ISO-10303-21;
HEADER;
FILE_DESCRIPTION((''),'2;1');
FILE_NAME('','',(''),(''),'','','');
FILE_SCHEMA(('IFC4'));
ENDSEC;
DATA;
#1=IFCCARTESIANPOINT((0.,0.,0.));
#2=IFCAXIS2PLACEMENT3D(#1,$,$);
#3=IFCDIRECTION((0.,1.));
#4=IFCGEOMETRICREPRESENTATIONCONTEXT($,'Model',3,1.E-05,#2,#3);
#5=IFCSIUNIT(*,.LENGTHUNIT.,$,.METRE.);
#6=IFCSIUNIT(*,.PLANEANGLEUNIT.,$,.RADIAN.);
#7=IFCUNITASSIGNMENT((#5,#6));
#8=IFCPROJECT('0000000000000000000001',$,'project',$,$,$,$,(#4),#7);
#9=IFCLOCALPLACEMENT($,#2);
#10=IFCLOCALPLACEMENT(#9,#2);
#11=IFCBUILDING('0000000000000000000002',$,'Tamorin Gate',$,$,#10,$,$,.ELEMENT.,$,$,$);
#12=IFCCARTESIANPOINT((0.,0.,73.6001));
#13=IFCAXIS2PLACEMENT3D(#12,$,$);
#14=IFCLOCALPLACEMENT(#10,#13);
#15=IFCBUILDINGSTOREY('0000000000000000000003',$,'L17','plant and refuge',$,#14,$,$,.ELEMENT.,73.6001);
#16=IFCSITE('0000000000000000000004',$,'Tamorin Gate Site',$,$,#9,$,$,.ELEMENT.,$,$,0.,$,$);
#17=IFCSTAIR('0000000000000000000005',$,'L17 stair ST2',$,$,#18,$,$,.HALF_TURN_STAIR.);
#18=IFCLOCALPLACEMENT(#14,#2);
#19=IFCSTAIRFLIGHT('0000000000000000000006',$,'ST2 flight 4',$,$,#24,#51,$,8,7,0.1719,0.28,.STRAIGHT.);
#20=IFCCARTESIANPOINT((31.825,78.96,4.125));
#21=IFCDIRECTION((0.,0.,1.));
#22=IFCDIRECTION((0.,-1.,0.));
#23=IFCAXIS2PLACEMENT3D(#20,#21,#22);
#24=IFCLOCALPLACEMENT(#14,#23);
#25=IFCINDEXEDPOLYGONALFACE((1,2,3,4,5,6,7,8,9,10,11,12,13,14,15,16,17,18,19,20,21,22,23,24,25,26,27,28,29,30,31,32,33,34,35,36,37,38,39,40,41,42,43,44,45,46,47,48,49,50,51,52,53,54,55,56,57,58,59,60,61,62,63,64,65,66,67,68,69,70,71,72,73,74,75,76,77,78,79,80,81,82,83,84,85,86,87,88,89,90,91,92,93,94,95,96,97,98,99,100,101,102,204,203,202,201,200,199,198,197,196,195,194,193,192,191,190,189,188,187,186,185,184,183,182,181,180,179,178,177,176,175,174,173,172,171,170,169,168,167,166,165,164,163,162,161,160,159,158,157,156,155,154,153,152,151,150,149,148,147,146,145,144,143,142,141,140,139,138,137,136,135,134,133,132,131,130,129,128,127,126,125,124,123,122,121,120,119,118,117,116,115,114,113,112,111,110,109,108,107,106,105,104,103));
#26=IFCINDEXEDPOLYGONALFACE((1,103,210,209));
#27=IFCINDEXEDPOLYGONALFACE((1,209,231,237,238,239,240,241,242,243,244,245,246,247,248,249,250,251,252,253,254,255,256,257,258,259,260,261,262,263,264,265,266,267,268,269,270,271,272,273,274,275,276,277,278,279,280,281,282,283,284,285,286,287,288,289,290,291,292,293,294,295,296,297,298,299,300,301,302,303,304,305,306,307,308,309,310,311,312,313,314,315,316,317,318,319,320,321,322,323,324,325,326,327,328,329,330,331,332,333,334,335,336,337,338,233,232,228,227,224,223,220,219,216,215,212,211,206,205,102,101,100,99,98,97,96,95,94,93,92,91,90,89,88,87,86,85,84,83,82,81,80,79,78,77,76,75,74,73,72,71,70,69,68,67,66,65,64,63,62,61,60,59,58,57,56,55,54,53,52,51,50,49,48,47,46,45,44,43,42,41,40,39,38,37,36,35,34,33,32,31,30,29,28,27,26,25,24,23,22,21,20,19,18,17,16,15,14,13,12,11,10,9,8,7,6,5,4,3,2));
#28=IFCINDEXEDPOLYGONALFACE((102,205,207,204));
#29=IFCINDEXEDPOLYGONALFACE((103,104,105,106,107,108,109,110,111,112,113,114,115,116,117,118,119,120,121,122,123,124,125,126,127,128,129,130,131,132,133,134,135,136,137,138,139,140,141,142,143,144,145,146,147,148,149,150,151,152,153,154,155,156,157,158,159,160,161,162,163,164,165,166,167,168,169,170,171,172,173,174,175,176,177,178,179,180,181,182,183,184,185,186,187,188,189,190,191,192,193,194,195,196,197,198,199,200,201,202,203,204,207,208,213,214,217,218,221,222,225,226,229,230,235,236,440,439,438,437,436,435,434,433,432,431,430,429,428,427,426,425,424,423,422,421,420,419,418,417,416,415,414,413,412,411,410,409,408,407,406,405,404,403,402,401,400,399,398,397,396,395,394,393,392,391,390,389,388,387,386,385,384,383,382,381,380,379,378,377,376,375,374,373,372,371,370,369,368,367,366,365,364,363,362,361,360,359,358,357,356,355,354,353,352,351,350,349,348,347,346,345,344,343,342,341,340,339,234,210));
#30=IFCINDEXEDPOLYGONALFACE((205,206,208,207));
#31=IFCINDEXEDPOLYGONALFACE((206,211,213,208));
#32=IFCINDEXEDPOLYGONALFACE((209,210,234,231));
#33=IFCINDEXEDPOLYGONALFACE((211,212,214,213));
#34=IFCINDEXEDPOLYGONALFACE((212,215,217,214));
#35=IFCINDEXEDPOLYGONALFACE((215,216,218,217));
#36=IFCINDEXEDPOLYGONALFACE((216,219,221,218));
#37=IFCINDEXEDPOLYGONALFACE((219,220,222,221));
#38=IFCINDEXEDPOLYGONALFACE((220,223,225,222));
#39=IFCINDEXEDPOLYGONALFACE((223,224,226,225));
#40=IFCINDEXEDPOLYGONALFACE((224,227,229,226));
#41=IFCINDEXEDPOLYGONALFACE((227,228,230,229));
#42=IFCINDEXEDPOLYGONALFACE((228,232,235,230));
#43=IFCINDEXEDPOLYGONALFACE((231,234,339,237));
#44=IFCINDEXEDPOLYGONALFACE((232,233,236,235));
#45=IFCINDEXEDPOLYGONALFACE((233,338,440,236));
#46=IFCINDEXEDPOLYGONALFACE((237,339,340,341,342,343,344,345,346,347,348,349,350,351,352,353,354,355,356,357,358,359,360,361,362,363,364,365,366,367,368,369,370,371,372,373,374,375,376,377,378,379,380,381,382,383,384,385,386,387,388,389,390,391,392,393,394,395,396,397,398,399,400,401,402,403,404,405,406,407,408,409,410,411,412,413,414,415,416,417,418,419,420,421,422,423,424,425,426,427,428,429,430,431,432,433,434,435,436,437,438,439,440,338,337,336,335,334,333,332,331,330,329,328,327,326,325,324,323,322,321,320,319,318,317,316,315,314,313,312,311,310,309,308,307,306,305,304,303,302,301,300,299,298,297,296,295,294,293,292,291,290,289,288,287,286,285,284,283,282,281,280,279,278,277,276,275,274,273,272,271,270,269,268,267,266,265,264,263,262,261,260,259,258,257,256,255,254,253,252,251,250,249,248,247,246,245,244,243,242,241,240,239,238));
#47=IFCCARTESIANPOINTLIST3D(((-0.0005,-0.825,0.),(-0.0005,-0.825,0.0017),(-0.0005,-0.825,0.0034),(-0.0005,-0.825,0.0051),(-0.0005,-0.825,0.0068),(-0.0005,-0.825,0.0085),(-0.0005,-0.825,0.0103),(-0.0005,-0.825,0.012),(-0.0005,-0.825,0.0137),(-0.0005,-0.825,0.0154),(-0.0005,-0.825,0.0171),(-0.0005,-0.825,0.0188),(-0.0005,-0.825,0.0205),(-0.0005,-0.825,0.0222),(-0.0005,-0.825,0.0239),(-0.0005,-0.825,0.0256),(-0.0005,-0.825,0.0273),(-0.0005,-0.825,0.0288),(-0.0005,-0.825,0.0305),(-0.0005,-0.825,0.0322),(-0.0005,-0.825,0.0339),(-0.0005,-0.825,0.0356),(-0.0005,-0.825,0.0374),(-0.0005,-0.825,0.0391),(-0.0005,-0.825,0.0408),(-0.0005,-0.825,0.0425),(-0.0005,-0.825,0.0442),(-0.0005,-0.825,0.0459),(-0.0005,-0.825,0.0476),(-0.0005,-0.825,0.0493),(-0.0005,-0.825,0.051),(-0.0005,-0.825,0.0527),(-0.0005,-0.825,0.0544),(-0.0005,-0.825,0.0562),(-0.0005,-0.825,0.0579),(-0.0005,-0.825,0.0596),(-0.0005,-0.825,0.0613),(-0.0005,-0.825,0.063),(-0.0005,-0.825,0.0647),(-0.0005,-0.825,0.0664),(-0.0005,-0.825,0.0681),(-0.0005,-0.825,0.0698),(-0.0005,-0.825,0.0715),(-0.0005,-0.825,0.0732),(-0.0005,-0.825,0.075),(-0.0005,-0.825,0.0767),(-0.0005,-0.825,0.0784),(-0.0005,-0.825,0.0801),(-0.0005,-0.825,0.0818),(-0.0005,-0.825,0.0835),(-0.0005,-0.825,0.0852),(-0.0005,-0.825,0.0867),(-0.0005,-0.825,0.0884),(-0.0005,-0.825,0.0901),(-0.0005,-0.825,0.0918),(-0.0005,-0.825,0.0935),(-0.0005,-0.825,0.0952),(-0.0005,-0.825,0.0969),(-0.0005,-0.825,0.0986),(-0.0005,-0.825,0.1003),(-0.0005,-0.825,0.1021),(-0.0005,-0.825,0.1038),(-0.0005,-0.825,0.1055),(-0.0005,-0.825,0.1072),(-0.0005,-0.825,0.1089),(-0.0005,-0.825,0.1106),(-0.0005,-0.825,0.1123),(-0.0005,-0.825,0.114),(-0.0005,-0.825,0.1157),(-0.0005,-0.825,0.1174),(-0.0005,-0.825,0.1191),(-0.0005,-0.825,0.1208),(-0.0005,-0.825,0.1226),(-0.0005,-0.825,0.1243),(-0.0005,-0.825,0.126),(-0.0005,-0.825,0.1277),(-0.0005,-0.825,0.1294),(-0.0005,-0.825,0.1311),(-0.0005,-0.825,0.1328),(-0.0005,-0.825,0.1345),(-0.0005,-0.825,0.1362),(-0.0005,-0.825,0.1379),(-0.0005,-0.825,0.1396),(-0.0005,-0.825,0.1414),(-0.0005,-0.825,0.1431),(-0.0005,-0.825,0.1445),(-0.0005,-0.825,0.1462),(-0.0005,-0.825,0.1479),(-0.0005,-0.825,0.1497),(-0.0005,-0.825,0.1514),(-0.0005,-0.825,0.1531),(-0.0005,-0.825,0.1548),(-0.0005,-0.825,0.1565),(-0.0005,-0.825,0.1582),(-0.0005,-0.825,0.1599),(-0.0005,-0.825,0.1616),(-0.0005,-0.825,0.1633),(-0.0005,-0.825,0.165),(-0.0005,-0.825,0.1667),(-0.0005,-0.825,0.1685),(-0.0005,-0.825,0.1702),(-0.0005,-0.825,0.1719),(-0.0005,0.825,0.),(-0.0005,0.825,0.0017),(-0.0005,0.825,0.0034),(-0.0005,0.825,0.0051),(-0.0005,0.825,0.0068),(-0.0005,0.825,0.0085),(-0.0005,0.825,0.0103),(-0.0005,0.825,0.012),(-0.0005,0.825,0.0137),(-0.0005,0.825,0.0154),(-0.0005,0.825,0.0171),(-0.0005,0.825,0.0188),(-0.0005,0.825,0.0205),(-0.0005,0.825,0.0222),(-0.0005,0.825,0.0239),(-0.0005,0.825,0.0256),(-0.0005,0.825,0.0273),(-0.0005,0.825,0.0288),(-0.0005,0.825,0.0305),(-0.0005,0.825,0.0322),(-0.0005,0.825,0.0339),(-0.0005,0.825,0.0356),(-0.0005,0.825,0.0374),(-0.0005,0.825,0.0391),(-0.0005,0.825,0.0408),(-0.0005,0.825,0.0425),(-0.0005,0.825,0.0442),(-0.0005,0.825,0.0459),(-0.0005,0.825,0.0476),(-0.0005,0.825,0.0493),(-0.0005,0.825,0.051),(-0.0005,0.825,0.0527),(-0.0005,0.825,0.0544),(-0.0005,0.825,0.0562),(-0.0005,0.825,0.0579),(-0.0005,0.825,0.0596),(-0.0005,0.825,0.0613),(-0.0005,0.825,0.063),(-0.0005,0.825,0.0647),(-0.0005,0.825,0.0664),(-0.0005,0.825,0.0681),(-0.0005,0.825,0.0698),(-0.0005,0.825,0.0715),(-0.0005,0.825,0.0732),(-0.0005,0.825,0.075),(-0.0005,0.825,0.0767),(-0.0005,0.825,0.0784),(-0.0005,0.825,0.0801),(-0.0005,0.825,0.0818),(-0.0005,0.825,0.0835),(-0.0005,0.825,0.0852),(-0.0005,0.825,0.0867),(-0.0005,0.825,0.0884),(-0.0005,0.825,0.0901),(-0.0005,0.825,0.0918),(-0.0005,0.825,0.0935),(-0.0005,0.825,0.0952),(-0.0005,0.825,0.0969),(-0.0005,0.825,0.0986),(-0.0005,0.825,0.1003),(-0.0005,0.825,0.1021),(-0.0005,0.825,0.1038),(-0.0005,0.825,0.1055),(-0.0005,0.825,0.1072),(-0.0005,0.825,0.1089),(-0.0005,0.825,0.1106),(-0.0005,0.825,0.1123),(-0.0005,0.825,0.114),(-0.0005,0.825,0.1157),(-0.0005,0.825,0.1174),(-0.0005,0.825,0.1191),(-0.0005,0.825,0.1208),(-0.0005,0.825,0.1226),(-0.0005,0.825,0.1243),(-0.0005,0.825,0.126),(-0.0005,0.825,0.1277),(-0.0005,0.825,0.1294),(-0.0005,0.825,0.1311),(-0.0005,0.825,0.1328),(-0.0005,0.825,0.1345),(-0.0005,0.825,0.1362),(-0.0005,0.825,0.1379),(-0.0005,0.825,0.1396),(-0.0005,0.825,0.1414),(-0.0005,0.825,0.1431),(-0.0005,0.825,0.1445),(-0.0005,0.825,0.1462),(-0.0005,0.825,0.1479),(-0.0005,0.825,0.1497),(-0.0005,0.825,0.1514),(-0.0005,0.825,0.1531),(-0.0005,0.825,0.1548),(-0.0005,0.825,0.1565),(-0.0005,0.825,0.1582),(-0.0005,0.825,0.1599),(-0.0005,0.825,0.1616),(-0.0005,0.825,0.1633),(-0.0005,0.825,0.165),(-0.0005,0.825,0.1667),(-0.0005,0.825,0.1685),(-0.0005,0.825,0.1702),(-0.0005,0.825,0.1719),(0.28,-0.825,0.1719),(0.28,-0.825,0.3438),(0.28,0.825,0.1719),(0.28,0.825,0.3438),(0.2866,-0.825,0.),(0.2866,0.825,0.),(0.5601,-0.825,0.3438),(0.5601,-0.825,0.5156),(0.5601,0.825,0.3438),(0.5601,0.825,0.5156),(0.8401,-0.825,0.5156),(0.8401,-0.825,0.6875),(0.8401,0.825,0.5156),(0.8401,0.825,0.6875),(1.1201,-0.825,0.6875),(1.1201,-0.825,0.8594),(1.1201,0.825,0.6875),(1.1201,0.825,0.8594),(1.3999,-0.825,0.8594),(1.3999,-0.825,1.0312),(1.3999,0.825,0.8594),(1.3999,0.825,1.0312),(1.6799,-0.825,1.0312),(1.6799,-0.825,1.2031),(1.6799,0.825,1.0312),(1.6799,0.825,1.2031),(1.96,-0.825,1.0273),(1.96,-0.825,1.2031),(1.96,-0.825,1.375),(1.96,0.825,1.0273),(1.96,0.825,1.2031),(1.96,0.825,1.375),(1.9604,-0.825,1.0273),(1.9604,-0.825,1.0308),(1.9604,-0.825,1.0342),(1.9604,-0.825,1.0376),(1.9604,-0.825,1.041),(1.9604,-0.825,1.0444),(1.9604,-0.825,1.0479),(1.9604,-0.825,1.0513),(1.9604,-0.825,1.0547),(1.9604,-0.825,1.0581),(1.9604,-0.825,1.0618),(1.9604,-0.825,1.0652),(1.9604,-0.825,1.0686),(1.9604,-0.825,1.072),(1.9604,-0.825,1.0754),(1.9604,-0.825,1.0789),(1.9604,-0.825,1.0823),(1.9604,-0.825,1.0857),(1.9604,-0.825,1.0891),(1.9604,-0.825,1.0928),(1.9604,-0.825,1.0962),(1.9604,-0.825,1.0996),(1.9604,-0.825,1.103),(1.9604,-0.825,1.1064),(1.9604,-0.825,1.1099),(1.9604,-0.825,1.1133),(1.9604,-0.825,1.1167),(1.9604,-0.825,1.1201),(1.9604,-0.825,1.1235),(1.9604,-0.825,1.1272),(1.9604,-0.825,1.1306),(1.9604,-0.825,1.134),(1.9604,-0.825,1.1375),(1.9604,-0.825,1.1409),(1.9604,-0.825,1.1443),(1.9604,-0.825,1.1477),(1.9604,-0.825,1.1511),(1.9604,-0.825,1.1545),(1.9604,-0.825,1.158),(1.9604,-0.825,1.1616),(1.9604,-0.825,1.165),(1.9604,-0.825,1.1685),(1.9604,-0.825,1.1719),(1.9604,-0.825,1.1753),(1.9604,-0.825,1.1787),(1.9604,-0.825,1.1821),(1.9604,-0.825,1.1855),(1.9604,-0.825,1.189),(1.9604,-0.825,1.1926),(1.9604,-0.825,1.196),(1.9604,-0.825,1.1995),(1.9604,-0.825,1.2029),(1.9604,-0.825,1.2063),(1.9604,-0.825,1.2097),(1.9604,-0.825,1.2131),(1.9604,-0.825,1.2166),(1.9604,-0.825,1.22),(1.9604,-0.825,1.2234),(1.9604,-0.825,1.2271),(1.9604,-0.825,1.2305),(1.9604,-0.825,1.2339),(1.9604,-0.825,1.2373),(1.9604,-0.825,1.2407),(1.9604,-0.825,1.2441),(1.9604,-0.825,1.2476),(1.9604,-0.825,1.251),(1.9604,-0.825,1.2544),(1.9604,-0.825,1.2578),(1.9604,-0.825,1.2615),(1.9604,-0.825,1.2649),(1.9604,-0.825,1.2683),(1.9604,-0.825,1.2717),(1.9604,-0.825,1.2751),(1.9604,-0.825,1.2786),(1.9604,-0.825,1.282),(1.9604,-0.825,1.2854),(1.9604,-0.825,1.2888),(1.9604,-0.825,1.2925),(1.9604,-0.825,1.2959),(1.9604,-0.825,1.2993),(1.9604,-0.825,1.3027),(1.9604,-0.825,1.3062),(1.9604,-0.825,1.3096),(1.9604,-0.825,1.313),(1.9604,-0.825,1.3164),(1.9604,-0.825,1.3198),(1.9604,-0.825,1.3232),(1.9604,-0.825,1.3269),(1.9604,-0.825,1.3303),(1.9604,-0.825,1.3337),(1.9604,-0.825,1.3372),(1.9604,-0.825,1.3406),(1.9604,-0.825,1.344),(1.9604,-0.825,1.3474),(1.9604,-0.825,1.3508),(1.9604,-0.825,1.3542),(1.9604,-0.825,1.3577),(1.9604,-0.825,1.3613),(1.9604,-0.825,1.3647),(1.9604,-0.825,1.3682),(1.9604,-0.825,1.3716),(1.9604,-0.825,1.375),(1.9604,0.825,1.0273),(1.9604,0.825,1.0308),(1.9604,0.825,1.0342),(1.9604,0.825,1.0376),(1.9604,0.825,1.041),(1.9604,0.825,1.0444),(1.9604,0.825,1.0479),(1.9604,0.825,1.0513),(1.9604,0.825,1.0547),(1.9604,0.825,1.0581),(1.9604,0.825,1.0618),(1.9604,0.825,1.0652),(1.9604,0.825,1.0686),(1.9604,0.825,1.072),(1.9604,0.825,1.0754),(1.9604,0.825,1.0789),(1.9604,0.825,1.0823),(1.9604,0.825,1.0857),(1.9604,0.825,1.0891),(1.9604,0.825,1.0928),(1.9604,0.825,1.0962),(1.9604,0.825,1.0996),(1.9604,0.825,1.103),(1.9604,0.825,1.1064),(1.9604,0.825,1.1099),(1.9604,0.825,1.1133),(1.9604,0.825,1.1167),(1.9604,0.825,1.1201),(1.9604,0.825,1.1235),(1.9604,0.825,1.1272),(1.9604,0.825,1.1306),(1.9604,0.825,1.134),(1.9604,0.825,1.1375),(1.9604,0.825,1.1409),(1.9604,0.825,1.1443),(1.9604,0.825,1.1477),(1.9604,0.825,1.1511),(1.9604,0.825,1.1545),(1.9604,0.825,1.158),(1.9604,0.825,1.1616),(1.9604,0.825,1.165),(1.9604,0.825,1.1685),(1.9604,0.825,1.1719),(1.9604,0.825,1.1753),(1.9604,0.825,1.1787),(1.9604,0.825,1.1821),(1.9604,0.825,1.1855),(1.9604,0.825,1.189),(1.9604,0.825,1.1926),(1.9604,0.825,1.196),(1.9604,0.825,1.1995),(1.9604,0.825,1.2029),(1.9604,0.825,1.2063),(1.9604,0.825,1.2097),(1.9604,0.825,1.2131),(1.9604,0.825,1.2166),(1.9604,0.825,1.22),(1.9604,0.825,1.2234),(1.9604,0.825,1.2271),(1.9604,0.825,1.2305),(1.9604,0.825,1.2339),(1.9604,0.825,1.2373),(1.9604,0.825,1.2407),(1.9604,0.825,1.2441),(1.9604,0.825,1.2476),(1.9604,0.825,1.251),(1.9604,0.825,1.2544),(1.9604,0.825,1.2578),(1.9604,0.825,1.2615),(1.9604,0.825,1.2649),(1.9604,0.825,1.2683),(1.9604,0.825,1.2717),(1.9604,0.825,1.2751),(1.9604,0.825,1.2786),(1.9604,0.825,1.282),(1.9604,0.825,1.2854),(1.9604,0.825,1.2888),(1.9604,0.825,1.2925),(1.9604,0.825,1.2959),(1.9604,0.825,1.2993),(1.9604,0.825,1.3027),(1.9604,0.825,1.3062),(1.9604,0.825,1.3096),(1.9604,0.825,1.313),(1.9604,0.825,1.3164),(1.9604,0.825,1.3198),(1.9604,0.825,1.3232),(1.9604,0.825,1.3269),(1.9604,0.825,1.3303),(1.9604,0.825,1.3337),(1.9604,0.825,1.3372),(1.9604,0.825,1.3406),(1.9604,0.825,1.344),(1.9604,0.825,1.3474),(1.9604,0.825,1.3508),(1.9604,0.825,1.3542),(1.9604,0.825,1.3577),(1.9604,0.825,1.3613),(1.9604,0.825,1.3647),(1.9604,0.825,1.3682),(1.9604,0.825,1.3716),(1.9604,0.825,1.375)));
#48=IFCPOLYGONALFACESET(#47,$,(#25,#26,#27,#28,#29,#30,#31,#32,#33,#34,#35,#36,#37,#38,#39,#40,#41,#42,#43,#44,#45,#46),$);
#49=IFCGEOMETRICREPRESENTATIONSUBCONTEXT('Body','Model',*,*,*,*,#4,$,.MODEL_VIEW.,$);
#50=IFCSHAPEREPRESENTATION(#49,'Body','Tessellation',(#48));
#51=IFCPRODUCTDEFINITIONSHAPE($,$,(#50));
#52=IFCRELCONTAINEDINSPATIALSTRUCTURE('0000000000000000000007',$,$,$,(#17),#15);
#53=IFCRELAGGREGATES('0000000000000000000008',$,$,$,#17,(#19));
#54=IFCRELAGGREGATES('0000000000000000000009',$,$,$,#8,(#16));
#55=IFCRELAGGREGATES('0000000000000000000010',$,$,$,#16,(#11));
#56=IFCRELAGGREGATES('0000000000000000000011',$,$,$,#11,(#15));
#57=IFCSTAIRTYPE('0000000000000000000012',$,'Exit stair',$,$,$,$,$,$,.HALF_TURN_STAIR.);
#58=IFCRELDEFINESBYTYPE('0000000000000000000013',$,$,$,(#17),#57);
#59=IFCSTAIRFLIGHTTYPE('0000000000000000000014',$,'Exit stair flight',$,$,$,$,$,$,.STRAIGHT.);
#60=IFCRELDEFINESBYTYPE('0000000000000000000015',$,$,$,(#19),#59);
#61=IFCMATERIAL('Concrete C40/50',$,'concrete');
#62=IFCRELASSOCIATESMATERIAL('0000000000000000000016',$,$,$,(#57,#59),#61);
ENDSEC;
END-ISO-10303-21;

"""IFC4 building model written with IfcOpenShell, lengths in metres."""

from ifc_helpers import new_model, si_unit, direction, frame, origin, place, context, subcontext, project, spatial, polyline, outline, extrude, material, type_object, element, aggregate, save


model = new_model("IFC4")

# Units and contexts
model_context = context("Model", 3, precision=1e-05, world=origin(), true_north=direction((0.0, 1.0)))
body_context = subcontext(model_context, "Body", "Model", "MODEL_VIEW")
ifc_project = project(units=[si_unit("LENGTHUNIT", "METRE"), si_unit("PLANEANGLEUNIT", "RADIAN")], contexts=[model_context])

# Site, building, storey
site_placement = place(None, origin())
site = spatial("IfcSite", under=ifc_project, at=site_placement, Name="Tamorin Gate Site", CompositionType="ELEMENT", RefElevation=0.0)
building_placement = place(site_placement, origin())
building = spatial("IfcBuilding", under=site, at=building_placement, Name="Tamorin Gate", CompositionType="ELEMENT")
storey_placement = place(building_placement, frame((0.0, 0.0, 73.6001)))
storey = spatial("IfcBuildingStorey", under=building, at=storey_placement, Name="L17", Description="plant and refuge", CompositionType="ELEMENT", Elevation=73.6001)

# Stair, stair flight
ifc_material_1 = material(Name="Concrete C40/50", Category="concrete")
stair_type = type_object("IfcStairType", Name="Exit stair", PredefinedType="HALF_TURN_STAIR", material=ifc_material_1)
stair_placement = place(storey_placement, origin())
stair = element("IfcStair", 1, at=stair_placement, inside=storey, type_object=stair_type, Name="L17 stair ST2", PredefinedType="HALF_TURN_STAIR")
stair_flight_type = type_object("IfcStairFlightType", Name="Exit stair flight", PredefinedType="STRAIGHT", material=ifc_material_1)
stair_flight_1_placement = place(storey_placement, frame((31.825, 78.96, 4.125), z_axis=(0.0, 0.0, 1.0), x_axis=(0.0, -1.0, 0.0)))
stair_flight_1 = element("IfcStairFlight", 2, at=stair_flight_1_placement, type_object=stair_flight_type, Name="ST2 flight 4", NumberOfRisers=8, NumberOfTreads=7, PredefinedType="STRAIGHT", RiserHeight=0.1719, TreadLength=0.28, context=body_context, shape_type="SweptSolid", body=[
    extrude(outline(polyline([(-0.0005, 0.0), (-0.0005, 0.0017), (-0.0005, 0.0034), (-0.0005, 0.0051), (-0.0005, 0.0068), (-0.0005, 0.0085), (-0.0005, 0.0103), (-0.0005, 0.012), (-0.0005, 0.0137), (-0.0005, 0.0154), (-0.0005, 0.0171), (-0.0005, 0.0188), (-0.0005, 0.0205), (-0.0005, 0.0222), (-0.0005, 0.0239), (-0.0005, 0.0256), (-0.0005, 0.0273), (-0.0005, 0.0288), (-0.0005, 0.0305), (-0.0005, 0.0322), (-0.0005, 0.0339), (-0.0005, 0.0356), (-0.0005, 0.0374), (-0.0005, 0.0391), (-0.0005, 0.0408), (-0.0005, 0.0425), (-0.0005, 0.0442), (-0.0005, 0.0459), (-0.0005, 0.0476), (-0.0005, 0.0493), (-0.0005, 0.051), (-0.0005, 0.0527), (-0.0005, 0.0544), (-0.0005, 0.0562), (-0.0005, 0.0579), (-0.0005, 0.0596), (-0.0005, 0.0613), (-0.0005, 0.063), (-0.0005, 0.0647), (-0.0005, 0.0664), (-0.0005, 0.0681), (-0.0005, 0.0698), (-0.0005, 0.0715), (-0.0005, 0.0732), (-0.0005, 0.075), (-0.0005, 0.0767), (-0.0005, 0.0784), (-0.0005, 0.0801), (-0.0005, 0.0818), (-0.0005, 0.0835), (-0.0005, 0.0852), (-0.0005, 0.0867), (-0.0005, 0.0884), (-0.0005, 0.0901), (-0.0005, 0.0918), (-0.0005, 0.0935), (-0.0005, 0.0952), (-0.0005, 0.0969), (-0.0005, 0.0986), (-0.0005, 0.1003), (-0.0005, 0.1021), (-0.0005, 0.1038), (-0.0005, 0.1055), (-0.0005, 0.1072), (-0.0005, 0.1089), (-0.0005, 0.1106), (-0.0005, 0.1123), (-0.0005, 0.114), (-0.0005, 0.1157), (-0.0005, 0.1174), (-0.0005, 0.1191), (-0.0005, 0.1208), (-0.0005, 0.1226), (-0.0005, 0.1243), (-0.0005, 0.126), (-0.0005, 0.1277), (-0.0005, 0.1294), (-0.0005, 0.1311), (-0.0005, 0.1328), (-0.0005, 0.1345), (-0.0005, 0.1362), (-0.0005, 0.1379), (-0.0005, 0.1396), (-0.0005, 0.1414), (-0.0005, 0.1431), (-0.0005, 0.1445), (-0.0005, 0.1462), (-0.0005, 0.1479), (-0.0005, 0.1497), (-0.0005, 0.1514), (-0.0005, 0.1531), (-0.0005, 0.1548), (-0.0005, 0.1565), (-0.0005, 0.1582), (-0.0005, 0.1599), (-0.0005, 0.1616), (-0.0005, 0.1633), (-0.0005, 0.165), (-0.0005, 0.1667), (-0.0005, 0.1685), (-0.0005, 0.1702), (-0.0005, 0.1719), (0.28, 0.1719), (0.28, 0.3438), (0.5601, 0.3438), (0.5601, 0.5156), (0.8401, 0.5156), (0.8401, 0.6875), (1.1201, 0.6875), (1.1201, 0.8594), (1.3999, 0.8594), (1.3999, 1.0312), (1.6799, 1.0312), (1.6799, 1.2031), (1.96, 1.2031), (1.96, 1.375), (1.9604, 1.375), (1.9604, 1.3716), (1.9604, 1.3682), (1.9604, 1.3647), (1.9604, 1.3613), (1.9604, 1.3577), (1.9604, 1.3542), (1.9604, 1.3508), (1.9604, 1.3474), (1.9604, 1.344), (1.9604, 1.3406), (1.9604, 1.3372), (1.9604, 1.3337), (1.9604, 1.3303), (1.9604, 1.3269), (1.9604, 1.3232), (1.9604, 1.3198), (1.9604, 1.3164), (1.9604, 1.313), (1.9604, 1.3096), (1.9604, 1.3062), (1.9604, 1.3027), (1.9604, 1.2993), (1.9604, 1.2959), (1.9604, 1.2925), (1.9604, 1.2888), (1.9604, 1.2854), (1.9604, 1.282), (1.9604, 1.2786), (1.9604, 1.2751), (1.9604, 1.2717), (1.9604, 1.2683), (1.9604, 1.2649), (1.9604, 1.2615), (1.9604, 1.2578), (1.9604, 1.2544), (1.9604, 1.251), (1.9604, 1.2476), (1.9604, 1.2441), (1.9604, 1.2407), (1.9604, 1.2373), (1.9604, 1.2339), (1.9604, 1.2305), (1.9604, 1.2271), (1.9604, 1.2234), (1.9604, 1.22), (1.9604, 1.2166), (1.9604, 1.2131), (1.9604, 1.2097), (1.9604, 1.2063), (1.9604, 1.2029), (1.9604, 1.1995), (1.9604, 1.196), (1.9604, 1.1926), (1.9604, 1.189), (1.9604, 1.1855), (1.9604, 1.1821), (1.9604, 1.1787), (1.9604, 1.1753), (1.9604, 1.1719), (1.9604, 1.1685), (1.9604, 1.165), (1.9604, 1.1616), (1.9604, 1.158), (1.9604, 1.1545), (1.9604, 1.1511), (1.9604, 1.1477), (1.9604, 1.1443), (1.9604, 1.1409), (1.9604, 1.1375), (1.9604, 1.134), (1.9604, 1.1306), (1.9604, 1.1272), (1.9604, 1.1235), (1.9604, 1.1201), (1.9604, 1.1167), (1.9604, 1.1133), (1.9604, 1.1099), (1.9604, 1.1064), (1.9604, 1.103), (1.9604, 1.0996), (1.9604, 1.0962), (1.9604, 1.0928), (1.9604, 1.0891), (1.9604, 1.0857), (1.9604, 1.0823), (1.9604, 1.0789), (1.9604, 1.0754), (1.9604, 1.072), (1.9604, 1.0686), (1.9604, 1.0652), (1.9604, 1.0618), (1.9604, 1.0581), (1.9604, 1.0547), (1.9604, 1.0513), (1.9604, 1.0479), (1.9604, 1.0444), (1.9604, 1.041), (1.9604, 1.0376), (1.9604, 1.0342), (1.9604, 1.0308), (1.9604, 1.0273), (1.96, 1.0273), (0.2866, 0.0), (-0.0005, 0.0)])), frame((0.0, 0.825, 0.0), z_axis=(0.0, -1.0, 0.0), x_axis=(1.0, 0.0, 0.0)), (0.0, 0.0, 1.0), 1.6499),
])
aggregate(stair, [stair_flight_1])

save(model, "model.ifc")
